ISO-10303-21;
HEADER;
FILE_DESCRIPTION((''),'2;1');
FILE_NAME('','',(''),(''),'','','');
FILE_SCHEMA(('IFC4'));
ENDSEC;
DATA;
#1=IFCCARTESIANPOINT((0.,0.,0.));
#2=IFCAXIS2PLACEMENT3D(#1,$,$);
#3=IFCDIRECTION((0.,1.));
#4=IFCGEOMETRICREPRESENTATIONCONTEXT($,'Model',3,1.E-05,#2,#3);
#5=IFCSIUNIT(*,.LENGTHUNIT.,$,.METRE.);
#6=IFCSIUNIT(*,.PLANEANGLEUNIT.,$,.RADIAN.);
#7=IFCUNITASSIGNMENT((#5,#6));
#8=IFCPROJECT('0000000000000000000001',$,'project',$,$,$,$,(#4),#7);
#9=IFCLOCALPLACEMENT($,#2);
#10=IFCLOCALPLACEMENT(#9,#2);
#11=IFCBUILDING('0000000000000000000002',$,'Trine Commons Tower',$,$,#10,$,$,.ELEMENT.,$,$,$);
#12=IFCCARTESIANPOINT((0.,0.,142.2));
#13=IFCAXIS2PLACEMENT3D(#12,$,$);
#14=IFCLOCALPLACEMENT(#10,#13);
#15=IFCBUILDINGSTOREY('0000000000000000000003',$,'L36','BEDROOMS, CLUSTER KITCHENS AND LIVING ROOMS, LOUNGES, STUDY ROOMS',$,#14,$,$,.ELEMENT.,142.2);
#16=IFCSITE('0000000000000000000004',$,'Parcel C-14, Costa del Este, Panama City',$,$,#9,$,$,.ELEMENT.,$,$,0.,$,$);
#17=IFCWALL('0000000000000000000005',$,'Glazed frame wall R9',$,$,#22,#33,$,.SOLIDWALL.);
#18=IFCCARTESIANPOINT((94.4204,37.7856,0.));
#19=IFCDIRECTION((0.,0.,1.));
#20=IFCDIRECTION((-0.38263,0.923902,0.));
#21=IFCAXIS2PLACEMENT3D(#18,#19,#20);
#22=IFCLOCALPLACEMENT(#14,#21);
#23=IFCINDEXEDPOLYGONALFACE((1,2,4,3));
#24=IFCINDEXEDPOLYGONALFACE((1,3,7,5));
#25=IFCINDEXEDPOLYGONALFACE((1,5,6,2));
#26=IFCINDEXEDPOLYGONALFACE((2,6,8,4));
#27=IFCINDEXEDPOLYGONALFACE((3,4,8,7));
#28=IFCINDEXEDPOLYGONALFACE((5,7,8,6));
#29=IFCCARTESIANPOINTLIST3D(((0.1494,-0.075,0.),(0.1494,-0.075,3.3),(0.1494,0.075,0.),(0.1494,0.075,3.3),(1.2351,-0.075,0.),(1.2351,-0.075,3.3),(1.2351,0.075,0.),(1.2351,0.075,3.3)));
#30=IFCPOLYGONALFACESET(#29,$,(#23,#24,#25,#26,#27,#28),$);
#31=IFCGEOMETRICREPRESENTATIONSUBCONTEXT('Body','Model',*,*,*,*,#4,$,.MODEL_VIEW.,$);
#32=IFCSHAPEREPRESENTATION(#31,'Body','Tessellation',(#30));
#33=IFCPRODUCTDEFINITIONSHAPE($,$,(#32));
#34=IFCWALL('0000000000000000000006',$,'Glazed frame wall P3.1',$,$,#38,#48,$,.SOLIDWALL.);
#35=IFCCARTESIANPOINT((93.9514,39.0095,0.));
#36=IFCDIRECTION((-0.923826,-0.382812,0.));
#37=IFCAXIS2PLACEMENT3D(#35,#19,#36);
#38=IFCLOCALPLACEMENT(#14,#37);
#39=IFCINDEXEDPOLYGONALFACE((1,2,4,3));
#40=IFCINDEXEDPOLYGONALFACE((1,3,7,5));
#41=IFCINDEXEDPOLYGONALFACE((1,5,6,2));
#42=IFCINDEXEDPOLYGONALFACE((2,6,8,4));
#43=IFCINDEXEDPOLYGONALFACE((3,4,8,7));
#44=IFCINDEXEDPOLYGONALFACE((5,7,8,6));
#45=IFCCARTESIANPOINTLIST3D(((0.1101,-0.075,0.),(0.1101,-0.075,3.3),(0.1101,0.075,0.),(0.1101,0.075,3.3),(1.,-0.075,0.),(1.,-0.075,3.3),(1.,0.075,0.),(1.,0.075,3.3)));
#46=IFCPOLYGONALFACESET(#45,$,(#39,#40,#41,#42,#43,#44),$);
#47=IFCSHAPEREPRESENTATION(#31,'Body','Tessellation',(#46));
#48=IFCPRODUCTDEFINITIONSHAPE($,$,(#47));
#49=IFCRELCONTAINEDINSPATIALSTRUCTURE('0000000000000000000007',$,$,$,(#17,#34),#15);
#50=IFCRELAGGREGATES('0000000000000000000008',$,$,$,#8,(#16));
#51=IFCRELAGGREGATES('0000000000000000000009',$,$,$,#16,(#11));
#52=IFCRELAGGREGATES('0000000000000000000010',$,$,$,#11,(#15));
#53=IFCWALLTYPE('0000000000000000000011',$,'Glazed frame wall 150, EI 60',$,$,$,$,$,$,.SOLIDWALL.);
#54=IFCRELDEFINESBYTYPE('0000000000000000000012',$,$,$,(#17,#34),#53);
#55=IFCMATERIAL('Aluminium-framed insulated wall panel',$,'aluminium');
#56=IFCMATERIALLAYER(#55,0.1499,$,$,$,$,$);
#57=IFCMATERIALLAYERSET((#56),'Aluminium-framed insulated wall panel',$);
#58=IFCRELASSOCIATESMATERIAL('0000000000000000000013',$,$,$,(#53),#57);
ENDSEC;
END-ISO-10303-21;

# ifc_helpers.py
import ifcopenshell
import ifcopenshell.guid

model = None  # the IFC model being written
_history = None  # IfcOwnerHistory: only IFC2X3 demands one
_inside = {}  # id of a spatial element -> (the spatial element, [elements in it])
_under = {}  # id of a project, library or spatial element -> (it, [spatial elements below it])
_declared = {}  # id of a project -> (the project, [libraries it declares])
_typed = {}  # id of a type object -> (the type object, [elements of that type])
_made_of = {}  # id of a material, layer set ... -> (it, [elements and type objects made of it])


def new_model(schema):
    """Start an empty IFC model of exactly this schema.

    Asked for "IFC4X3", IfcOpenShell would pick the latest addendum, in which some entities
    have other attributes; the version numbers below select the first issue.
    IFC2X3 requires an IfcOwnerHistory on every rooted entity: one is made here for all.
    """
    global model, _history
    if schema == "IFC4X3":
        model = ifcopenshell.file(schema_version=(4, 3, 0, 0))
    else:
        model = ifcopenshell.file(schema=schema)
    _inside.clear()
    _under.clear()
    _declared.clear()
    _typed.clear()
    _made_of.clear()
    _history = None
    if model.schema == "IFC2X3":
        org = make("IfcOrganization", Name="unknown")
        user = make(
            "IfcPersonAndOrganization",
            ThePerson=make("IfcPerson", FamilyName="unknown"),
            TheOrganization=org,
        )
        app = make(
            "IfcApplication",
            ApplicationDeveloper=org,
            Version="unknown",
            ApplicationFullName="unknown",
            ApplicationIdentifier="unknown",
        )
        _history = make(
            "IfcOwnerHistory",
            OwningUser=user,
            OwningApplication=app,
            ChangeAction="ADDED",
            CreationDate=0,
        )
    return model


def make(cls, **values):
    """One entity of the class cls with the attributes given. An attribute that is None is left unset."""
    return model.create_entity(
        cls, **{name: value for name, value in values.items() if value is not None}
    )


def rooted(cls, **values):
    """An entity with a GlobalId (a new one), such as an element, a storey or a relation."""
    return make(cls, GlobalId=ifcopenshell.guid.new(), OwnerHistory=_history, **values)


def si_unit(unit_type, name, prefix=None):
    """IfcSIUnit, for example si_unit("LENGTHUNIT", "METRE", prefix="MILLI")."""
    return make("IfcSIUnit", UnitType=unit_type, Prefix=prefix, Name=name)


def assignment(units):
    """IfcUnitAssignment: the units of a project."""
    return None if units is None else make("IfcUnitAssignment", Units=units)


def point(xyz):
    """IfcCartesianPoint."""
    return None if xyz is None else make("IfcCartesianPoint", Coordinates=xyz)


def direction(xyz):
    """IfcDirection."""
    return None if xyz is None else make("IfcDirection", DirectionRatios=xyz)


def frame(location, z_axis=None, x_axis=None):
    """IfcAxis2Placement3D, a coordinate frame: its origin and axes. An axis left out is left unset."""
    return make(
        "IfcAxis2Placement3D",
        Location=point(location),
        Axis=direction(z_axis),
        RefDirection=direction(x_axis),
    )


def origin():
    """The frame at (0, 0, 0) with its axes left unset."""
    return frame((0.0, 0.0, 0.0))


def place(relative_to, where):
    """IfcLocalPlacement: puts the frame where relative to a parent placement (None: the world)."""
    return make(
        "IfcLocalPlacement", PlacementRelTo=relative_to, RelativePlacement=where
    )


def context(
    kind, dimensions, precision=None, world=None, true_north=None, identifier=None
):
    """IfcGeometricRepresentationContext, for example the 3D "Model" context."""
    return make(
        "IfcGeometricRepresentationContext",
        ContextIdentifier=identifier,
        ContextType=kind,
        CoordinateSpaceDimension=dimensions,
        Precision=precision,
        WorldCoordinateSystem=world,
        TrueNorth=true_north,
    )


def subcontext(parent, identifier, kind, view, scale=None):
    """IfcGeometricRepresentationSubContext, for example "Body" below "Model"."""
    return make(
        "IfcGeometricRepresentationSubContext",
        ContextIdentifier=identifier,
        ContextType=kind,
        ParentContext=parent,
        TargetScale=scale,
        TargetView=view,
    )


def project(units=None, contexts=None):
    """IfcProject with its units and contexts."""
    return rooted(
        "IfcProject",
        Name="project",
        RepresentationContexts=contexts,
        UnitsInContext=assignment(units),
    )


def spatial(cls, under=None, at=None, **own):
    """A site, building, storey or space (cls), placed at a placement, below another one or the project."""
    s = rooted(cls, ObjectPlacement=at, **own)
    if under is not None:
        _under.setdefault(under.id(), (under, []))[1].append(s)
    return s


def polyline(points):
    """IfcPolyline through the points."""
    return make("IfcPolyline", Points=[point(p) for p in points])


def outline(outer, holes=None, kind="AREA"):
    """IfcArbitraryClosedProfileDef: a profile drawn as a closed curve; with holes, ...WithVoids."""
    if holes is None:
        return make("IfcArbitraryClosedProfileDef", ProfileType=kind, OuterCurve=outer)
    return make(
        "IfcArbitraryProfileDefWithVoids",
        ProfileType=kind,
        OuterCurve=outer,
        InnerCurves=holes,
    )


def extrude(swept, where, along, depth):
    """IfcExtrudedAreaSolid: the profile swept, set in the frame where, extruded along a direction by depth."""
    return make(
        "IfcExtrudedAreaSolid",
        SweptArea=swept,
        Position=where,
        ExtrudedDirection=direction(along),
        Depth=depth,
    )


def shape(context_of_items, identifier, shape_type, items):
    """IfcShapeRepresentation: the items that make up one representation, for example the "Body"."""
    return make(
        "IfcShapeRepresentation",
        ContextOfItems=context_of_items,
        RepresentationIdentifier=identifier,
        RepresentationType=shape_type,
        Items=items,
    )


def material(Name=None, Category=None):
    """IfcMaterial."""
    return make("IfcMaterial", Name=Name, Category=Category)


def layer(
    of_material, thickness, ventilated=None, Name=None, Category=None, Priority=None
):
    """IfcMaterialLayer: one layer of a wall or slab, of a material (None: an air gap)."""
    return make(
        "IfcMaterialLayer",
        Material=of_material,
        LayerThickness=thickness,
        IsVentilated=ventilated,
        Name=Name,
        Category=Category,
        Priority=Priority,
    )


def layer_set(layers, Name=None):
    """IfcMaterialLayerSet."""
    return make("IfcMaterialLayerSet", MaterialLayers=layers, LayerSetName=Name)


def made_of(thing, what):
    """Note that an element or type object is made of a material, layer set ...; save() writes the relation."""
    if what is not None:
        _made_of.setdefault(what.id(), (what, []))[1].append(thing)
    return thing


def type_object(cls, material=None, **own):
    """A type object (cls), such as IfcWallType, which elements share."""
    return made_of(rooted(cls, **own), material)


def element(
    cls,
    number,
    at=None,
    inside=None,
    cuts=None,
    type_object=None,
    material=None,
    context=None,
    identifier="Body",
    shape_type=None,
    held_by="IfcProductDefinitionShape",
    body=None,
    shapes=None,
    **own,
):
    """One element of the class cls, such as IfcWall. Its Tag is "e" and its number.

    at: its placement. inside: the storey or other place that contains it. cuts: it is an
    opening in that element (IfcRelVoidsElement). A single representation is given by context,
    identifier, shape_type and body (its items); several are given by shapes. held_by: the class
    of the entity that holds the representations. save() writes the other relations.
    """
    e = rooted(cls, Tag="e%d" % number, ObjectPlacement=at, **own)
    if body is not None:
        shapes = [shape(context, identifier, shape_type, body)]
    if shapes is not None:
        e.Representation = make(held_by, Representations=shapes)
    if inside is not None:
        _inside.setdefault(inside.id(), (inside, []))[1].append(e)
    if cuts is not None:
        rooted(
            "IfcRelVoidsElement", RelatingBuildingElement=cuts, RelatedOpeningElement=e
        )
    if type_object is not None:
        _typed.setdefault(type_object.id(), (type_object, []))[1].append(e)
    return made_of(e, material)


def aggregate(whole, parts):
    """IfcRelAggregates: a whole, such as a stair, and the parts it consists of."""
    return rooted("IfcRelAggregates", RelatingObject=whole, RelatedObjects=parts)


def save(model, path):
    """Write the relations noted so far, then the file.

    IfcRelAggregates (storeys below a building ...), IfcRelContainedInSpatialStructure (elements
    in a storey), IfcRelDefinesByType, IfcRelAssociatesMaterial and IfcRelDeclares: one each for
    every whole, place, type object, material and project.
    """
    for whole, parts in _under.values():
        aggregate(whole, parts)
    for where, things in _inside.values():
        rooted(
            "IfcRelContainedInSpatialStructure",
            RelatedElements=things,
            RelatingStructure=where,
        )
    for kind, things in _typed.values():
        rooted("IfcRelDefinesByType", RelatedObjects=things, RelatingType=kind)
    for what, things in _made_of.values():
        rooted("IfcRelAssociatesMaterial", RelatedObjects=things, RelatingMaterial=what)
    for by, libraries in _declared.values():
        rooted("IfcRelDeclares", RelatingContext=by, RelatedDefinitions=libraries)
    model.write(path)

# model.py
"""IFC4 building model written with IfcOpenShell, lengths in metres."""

from ifc_helpers import new_model, si_unit, direction, frame, origin, place, context, subcontext, project, spatial, polyline, outline, extrude, material, layer, layer_set, type_object, element, save


model = new_model("IFC4")

# Units and contexts
model_context = context("Model", 3, precision=1e-05, world=origin(), true_north=direction((0.0, 1.0)))
body_context = subcontext(model_context, "Body", "Model", "MODEL_VIEW")
ifc_project = project(units=[si_unit("LENGTHUNIT", "METRE"), si_unit("PLANEANGLEUNIT", "RADIAN")], contexts=[model_context])

# Site, building, storey
site_placement = place(None, origin())
site = spatial("IfcSite", under=ifc_project, at=site_placement, Name="Parcel C-14, Costa del Este, Panama City", CompositionType="ELEMENT", RefElevation=0.0)
building_placement = place(site_placement, origin())
building = spatial("IfcBuilding", under=site, at=building_placement, Name="Trine Commons Tower", CompositionType="ELEMENT")
storey_placement = place(building_placement, frame((0.0, 0.0, 142.2)))
storey = spatial("IfcBuildingStorey", under=building, at=storey_placement, Name="L36", Description="BEDROOMS, CLUSTER KITCHENS AND LIVING ROOMS, LOUNGES, STUDY ROOMS", CompositionType="ELEMENT", Elevation=142.2)

# Walls
ifc_material_1 = material(Name="Aluminium-framed insulated wall panel", Category="aluminium")
ifc_layer_1 = layer(ifc_material_1, 0.1499)
ifc_layer_set_1 = layer_set([ifc_layer_1], Name="Aluminium-framed insulated wall panel")
wall_type_1 = type_object("IfcWallType", Name="Glazed frame wall 150, EI 60", PredefinedType="SOLIDWALL", material=ifc_layer_set_1)
wall_1_placement = place(storey_placement, frame((94.4204, 37.7856, 0.0), z_axis=(0.0, 0.0, 1.0), x_axis=(-0.38263, 0.923902, 0.0)))
element("IfcWall", 1, at=wall_1_placement, inside=storey, type_object=wall_type_1, Name="Glazed frame wall R9", PredefinedType="SOLIDWALL", context=body_context, shape_type="SweptSolid", body=[
    extrude(outline(polyline([(0.1494, 0.075), (0.1494, -0.075), (1.2351, -0.075), (1.2351, 0.075), (0.1494, 0.075)])), origin(), (0.0, 0.0, 1.0), 3.3),
])
wall_2_placement = place(storey_placement, frame((93.9514, 39.0095, 0.0), z_axis=(0.0, 0.0, 1.0), x_axis=(-0.923826, -0.382812, 0.0)))
element("IfcWall", 2, at=wall_2_placement, inside=storey, type_object=wall_type_1, Name="Glazed frame wall P3.1", PredefinedType="SOLIDWALL", context=body_context, shape_type="SweptSolid", body=[
    extrude(outline(polyline([(0.1101, -0.075), (1.0, -0.075), (1.0, 0.075), (0.1101, 0.075), (0.1101, -0.075)])), origin(), (0.0, 0.0, 1.0), 3.3),
])

save(model, "model.ifc")
